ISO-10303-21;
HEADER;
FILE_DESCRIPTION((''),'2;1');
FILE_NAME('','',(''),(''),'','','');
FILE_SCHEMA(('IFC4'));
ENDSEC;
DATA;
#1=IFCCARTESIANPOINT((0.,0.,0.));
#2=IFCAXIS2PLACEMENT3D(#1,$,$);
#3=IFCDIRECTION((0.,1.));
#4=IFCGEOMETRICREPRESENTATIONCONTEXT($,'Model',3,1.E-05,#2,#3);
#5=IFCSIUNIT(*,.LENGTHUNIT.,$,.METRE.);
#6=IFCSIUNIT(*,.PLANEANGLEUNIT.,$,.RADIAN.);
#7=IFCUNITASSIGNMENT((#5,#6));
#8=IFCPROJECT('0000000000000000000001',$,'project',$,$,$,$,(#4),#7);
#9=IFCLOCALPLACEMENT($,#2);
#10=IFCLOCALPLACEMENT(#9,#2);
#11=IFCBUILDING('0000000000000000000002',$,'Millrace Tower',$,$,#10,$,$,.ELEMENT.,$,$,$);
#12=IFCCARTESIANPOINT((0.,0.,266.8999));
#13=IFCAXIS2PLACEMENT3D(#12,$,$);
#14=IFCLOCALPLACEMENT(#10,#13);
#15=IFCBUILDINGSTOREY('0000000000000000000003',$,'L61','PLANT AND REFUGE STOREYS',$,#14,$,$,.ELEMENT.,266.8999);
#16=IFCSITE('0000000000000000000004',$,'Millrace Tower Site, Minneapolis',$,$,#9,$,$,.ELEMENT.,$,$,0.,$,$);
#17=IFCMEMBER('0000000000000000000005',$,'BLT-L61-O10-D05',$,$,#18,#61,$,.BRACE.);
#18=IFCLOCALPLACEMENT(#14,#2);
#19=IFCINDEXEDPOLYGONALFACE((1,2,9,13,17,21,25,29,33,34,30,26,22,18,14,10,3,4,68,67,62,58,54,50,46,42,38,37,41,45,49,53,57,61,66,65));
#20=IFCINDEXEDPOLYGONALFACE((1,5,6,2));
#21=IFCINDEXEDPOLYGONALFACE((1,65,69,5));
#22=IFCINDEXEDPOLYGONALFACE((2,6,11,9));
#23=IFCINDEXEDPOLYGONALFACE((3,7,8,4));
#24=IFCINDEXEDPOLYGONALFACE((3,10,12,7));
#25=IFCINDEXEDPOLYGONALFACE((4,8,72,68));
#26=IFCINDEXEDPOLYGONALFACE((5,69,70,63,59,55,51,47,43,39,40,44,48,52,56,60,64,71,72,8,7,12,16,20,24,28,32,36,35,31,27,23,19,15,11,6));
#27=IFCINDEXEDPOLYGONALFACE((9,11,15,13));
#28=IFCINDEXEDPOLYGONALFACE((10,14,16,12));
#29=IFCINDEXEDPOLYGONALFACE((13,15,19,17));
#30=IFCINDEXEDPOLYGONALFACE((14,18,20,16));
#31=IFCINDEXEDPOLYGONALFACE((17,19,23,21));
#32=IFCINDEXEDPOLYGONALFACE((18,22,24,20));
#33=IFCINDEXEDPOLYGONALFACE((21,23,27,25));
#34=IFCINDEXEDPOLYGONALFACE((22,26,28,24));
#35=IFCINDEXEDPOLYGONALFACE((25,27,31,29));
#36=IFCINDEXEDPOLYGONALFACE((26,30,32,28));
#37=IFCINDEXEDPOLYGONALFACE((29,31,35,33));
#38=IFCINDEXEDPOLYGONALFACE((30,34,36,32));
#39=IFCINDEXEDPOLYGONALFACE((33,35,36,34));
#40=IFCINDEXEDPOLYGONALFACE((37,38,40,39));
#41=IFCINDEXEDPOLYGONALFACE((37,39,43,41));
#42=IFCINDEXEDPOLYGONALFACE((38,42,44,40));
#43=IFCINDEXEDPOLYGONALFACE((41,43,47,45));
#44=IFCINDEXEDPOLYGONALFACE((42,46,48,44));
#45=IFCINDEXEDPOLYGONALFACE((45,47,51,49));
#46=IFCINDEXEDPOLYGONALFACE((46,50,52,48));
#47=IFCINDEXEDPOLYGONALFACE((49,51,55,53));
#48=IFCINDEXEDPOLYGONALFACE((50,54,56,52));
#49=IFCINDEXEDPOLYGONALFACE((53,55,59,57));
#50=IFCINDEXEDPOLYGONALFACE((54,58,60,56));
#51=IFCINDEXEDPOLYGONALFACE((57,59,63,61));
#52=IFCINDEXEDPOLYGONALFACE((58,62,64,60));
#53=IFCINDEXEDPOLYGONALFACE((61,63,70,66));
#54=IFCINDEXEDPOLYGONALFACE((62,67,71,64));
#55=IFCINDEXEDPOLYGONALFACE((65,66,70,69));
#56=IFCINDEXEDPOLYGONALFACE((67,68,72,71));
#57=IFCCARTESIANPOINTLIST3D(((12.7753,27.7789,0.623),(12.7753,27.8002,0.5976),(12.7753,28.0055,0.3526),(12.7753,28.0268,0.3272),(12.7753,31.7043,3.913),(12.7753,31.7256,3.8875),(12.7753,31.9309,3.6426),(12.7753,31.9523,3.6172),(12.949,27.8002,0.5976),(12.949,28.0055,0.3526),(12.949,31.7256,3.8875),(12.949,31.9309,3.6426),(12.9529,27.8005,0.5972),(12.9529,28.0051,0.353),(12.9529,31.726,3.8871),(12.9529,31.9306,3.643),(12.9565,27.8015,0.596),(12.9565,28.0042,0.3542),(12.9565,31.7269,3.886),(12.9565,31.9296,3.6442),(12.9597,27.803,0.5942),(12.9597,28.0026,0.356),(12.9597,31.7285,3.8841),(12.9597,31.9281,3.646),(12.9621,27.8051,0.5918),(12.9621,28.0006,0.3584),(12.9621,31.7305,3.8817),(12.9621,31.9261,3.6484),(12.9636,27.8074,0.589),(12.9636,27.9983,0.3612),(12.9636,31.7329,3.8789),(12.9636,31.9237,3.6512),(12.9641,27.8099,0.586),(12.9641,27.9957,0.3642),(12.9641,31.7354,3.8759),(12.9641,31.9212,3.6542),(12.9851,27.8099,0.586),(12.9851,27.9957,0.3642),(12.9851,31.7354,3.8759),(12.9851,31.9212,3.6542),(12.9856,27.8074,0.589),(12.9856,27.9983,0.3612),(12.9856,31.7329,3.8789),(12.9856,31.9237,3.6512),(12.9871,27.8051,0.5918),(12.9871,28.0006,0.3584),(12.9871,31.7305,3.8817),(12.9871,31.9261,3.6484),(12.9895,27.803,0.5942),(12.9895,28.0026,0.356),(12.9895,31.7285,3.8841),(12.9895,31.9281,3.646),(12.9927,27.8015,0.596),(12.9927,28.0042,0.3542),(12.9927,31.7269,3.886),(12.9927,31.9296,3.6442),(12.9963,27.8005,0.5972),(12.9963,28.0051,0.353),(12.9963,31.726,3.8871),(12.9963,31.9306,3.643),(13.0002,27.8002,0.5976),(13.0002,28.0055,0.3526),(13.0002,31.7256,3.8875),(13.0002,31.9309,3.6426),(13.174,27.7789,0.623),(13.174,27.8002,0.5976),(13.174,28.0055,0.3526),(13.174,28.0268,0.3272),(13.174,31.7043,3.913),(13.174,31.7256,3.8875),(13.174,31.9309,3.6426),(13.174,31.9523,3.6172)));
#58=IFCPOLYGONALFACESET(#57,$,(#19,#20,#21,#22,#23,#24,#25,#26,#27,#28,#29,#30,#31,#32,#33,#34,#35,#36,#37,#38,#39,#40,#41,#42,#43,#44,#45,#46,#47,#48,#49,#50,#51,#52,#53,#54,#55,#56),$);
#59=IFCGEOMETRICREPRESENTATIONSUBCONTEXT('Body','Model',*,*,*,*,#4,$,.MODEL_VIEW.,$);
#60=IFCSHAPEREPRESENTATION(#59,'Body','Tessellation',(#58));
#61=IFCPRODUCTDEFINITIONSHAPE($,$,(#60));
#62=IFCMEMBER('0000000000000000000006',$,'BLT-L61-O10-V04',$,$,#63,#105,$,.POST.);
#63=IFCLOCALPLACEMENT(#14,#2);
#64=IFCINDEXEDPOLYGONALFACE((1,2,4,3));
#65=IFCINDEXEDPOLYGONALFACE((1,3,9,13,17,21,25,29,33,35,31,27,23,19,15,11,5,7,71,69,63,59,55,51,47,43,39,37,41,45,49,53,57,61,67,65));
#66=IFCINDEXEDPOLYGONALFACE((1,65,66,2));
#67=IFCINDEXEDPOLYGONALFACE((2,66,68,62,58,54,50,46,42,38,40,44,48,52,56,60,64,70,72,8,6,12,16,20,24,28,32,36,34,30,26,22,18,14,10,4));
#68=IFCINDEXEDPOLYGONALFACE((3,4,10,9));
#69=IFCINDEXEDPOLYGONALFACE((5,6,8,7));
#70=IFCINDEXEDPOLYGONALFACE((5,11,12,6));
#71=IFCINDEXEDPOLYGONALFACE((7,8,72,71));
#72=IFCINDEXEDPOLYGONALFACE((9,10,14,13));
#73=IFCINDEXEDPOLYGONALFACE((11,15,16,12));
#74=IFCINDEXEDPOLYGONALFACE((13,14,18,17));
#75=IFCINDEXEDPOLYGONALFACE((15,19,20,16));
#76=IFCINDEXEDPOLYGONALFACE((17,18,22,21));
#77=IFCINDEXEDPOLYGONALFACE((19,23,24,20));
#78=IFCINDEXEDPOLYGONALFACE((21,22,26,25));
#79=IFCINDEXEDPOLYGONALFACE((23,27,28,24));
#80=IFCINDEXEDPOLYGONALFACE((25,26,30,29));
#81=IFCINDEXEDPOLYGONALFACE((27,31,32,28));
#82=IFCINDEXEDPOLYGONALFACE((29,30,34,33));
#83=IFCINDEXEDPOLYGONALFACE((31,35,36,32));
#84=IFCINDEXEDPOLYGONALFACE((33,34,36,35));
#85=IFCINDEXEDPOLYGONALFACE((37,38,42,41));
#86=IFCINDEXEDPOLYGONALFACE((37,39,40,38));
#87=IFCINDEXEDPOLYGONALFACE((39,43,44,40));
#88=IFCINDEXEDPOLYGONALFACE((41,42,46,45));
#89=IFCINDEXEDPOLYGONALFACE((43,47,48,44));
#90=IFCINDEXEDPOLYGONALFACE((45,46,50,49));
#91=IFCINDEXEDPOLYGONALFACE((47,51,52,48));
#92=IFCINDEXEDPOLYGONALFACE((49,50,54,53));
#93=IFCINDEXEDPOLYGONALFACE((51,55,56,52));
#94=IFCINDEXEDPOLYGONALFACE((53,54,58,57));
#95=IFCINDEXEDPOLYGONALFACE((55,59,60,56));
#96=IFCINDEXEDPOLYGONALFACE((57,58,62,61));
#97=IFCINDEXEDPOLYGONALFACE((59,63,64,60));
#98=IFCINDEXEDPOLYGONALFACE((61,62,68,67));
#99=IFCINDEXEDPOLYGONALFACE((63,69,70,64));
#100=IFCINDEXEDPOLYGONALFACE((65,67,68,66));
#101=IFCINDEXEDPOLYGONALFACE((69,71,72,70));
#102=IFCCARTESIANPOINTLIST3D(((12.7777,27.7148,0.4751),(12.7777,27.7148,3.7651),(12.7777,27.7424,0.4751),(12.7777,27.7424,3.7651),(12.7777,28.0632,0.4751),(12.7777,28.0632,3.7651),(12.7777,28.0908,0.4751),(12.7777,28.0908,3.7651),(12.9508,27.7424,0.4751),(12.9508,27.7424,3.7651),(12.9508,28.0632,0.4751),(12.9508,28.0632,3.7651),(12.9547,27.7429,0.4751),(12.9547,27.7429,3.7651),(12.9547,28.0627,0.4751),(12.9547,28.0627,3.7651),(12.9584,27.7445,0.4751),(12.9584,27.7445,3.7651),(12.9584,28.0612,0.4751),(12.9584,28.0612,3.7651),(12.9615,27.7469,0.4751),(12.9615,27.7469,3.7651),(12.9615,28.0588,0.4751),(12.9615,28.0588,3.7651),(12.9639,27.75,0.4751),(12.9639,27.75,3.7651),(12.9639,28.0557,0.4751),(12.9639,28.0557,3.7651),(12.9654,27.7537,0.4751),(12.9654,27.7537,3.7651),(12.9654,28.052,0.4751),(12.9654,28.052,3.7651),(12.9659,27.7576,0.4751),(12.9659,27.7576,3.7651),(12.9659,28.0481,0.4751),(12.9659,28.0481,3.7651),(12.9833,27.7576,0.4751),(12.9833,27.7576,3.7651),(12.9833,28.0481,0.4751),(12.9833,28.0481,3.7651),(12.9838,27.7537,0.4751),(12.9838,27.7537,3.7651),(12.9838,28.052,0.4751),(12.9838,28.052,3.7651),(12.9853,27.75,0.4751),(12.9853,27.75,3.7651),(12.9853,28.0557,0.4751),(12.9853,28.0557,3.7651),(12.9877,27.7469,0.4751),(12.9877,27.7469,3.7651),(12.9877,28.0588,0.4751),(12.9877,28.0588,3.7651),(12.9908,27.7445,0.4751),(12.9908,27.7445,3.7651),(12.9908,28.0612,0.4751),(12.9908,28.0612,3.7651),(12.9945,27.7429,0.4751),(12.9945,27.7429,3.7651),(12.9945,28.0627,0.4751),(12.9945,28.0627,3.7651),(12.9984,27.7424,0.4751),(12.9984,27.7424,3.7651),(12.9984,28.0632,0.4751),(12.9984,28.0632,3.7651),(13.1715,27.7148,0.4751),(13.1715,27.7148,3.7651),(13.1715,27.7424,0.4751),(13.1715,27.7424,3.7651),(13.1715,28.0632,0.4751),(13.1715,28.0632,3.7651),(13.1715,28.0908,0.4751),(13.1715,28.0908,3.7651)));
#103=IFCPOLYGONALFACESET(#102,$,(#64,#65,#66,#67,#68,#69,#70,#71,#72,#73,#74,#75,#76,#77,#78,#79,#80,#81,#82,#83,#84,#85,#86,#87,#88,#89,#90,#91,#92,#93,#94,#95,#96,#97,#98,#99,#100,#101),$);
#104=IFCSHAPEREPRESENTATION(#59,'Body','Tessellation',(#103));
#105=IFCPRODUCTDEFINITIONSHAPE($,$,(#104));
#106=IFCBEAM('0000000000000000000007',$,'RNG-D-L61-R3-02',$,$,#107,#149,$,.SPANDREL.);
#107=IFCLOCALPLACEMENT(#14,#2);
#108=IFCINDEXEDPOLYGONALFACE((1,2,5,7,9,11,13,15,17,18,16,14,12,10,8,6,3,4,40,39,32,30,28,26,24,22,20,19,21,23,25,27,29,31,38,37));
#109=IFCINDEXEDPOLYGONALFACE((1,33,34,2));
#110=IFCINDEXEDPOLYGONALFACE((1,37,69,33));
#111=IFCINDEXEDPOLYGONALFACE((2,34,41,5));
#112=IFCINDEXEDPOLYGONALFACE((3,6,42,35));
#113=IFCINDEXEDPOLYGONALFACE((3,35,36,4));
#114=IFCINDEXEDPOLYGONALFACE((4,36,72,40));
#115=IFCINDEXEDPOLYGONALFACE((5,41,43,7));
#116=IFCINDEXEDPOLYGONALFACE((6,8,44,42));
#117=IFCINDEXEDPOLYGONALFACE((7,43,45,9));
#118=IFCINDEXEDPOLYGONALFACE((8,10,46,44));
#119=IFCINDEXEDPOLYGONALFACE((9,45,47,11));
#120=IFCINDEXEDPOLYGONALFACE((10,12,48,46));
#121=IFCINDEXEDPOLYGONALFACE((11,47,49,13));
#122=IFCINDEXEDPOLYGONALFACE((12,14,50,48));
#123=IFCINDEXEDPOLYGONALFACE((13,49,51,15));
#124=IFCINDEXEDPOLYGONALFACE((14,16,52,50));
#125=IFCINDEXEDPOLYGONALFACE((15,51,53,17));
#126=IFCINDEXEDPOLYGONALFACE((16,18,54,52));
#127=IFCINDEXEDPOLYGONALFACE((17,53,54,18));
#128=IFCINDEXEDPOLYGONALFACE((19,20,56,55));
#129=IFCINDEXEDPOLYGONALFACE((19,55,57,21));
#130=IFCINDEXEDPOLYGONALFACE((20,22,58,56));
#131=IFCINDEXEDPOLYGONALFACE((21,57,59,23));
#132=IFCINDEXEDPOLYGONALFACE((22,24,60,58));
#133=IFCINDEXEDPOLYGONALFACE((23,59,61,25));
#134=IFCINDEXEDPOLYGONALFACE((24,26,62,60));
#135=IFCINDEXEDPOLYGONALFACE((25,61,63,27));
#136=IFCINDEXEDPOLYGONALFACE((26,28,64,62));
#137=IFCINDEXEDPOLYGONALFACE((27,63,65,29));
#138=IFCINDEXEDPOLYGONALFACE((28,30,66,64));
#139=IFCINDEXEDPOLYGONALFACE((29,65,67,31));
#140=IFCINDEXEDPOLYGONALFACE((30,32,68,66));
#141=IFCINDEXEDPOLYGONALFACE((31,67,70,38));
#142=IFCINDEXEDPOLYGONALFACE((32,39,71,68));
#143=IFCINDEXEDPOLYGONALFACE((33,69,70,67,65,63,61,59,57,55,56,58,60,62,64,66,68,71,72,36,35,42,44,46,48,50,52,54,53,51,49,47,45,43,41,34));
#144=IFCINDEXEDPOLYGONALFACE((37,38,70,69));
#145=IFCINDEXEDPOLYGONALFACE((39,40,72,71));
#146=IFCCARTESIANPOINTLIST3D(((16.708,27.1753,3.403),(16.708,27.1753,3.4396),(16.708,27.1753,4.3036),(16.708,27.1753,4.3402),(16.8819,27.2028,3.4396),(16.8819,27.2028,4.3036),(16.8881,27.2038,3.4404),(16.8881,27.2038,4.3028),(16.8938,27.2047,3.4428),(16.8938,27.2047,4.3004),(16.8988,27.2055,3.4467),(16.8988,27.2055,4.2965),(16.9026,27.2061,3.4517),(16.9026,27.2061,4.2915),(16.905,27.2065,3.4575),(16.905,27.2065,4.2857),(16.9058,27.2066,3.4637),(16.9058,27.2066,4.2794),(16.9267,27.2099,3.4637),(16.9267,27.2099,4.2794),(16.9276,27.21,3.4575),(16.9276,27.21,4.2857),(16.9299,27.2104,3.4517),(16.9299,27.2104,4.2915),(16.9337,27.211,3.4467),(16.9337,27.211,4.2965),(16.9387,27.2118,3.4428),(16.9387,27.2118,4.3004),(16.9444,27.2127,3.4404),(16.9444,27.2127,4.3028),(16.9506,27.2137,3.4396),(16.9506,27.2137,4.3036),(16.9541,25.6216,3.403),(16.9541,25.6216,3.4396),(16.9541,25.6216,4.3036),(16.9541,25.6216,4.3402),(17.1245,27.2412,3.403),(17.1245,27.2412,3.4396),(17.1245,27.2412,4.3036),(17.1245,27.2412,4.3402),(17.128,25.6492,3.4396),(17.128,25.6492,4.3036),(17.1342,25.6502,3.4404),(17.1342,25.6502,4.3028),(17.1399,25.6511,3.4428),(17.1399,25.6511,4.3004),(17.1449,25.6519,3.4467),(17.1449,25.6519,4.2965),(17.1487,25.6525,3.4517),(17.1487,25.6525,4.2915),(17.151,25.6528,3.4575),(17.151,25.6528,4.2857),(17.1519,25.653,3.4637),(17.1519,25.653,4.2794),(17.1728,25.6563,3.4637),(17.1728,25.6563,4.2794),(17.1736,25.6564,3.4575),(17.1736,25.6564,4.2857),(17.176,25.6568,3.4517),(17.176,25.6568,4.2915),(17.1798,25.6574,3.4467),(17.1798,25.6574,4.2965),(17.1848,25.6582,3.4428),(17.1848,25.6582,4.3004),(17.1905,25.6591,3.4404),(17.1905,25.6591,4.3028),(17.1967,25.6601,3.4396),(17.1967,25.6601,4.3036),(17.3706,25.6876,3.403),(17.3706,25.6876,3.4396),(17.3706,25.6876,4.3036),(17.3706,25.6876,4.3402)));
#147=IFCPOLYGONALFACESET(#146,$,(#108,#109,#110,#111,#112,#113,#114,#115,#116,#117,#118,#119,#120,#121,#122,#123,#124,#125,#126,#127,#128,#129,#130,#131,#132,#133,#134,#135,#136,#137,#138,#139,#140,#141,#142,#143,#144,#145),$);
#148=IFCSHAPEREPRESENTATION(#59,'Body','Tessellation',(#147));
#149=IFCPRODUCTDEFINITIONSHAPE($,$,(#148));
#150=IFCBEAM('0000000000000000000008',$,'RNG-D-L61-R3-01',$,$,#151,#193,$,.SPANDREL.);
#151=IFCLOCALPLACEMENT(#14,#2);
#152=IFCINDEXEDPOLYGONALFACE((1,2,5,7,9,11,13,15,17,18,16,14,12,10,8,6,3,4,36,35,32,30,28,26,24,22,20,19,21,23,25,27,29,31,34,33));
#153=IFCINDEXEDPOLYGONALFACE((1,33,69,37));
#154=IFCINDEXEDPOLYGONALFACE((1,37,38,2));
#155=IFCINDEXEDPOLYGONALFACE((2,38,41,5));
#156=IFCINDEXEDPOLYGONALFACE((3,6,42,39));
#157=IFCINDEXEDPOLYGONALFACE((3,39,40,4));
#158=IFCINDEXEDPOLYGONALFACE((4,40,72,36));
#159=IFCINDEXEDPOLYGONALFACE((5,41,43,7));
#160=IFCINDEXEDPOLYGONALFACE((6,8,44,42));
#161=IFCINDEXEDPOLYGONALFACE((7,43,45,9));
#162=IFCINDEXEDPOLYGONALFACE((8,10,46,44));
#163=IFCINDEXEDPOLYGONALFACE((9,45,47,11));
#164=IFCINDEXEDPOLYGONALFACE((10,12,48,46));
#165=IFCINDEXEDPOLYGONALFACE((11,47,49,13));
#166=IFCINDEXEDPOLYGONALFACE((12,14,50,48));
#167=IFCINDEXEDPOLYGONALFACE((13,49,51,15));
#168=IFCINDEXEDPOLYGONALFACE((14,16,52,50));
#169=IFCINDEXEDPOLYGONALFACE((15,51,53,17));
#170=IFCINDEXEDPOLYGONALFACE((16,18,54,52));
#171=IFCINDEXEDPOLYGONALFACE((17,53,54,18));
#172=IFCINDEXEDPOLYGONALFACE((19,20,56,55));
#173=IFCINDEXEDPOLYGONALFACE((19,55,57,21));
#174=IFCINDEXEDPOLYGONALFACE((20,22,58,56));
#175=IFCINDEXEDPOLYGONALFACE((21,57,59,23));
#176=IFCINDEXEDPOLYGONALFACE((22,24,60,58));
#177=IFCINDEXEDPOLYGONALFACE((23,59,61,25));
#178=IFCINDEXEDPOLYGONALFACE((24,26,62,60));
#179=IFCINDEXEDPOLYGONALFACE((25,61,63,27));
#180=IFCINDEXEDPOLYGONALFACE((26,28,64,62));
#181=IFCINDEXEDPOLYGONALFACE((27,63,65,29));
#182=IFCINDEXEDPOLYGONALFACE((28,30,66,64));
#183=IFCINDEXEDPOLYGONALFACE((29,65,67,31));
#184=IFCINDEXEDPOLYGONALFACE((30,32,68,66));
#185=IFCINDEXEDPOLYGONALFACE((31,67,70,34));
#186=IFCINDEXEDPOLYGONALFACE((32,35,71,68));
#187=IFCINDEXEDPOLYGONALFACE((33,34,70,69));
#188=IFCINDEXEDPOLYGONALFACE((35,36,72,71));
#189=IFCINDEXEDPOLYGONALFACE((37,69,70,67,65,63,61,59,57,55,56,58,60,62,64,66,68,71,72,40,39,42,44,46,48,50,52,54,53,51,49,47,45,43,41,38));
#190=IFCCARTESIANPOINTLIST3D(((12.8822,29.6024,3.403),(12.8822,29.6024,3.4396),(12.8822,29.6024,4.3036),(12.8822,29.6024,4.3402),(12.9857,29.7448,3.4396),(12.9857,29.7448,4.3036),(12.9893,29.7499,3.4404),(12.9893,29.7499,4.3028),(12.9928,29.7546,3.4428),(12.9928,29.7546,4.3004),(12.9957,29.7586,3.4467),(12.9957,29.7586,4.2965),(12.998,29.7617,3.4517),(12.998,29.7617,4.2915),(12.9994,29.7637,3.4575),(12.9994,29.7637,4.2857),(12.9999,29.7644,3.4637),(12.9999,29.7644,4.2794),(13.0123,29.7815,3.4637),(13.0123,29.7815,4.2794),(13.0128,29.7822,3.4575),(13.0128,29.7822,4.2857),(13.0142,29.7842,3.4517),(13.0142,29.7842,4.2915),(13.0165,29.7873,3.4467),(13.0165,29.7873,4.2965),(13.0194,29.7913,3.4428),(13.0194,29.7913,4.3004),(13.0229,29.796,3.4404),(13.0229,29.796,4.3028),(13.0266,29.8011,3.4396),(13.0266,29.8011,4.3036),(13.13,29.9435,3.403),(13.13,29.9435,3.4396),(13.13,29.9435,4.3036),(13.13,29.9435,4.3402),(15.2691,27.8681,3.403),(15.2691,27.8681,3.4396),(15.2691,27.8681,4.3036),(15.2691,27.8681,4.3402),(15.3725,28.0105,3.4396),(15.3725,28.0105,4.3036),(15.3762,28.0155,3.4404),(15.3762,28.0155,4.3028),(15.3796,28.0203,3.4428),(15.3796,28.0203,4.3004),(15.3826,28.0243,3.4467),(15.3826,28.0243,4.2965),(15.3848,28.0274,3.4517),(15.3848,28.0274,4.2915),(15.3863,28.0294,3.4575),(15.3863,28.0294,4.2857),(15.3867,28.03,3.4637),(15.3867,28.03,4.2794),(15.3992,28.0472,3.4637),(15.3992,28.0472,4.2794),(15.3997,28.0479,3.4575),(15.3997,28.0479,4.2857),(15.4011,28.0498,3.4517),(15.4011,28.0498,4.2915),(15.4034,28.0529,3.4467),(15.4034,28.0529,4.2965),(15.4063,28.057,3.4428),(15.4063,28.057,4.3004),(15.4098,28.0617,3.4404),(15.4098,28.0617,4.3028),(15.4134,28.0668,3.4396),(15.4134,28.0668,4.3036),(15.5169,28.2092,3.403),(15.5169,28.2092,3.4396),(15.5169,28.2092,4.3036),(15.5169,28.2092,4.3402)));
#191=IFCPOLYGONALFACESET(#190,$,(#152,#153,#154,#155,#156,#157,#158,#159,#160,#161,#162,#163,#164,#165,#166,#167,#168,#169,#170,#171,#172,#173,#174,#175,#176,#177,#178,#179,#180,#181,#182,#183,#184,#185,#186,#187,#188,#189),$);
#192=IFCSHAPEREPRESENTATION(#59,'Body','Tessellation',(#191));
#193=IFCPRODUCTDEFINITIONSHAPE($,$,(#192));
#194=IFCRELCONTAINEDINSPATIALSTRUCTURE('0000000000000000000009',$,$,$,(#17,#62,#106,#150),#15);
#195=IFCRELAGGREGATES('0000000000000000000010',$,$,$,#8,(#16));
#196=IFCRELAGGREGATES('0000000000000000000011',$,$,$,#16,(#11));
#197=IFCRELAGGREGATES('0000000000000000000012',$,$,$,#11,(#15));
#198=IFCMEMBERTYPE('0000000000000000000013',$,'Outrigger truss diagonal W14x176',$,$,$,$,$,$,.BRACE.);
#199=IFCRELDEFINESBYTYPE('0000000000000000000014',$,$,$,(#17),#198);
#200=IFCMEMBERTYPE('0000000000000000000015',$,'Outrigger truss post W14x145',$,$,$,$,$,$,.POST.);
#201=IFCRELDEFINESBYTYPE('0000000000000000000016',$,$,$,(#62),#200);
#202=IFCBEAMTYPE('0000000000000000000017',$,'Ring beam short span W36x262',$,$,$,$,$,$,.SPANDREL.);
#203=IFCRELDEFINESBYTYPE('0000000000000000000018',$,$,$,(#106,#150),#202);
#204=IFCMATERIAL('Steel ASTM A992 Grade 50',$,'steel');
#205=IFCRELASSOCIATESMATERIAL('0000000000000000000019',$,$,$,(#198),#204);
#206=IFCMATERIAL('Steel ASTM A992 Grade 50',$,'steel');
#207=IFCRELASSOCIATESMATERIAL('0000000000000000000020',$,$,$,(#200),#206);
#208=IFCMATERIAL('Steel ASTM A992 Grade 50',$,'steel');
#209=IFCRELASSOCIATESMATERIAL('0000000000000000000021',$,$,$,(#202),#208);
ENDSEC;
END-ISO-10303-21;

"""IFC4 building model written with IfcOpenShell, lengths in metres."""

from ifc_helpers import new_model, si_unit, direction, frame, origin, origin_2d, place, context, subcontext, project, spatial, i_section, extrude, material, material_profile, profile_set, type_object, element, save


model = new_model("IFC4")

# Units and contexts
model_context = context("Model", 3, precision=1e-05, world=origin(), true_north=direction((0.0, 1.0)))
body_context = subcontext(model_context, "Body", "Model", "MODEL_VIEW")
ifc_project = project(units=[si_unit("LENGTHUNIT", "METRE"), si_unit("PLANEANGLEUNIT", "RADIAN")], contexts=[model_context])

# Site, building, storey
site_placement = place(None, origin())
site = spatial("IfcSite", under=ifc_project, at=site_placement, Name="Millrace Tower Site, Minneapolis", CompositionType="ELEMENT", RefElevation=0.0)
building_placement = place(site_placement, origin())
building = spatial("IfcBuilding", under=site, at=building_placement, Name="Millrace Tower", CompositionType="ELEMENT")
storey_placement = place(building_placement, frame((0.0, 0.0, 266.8999)))
storey = spatial("IfcBuildingStorey", under=building, at=storey_placement, Name="L61", Description="PLANT AND REFUGE STOREYS", CompositionType="ELEMENT", Elevation=266.8999)

# Members
ifc_material_1 = material(Name="Steel ASTM A992 Grade 50", Category="steel")
ifc_material_profile_1 = material_profile(ifc_material_1, i_section(OverallWidth=0.3987, OverallDepth=0.386, WebThickness=0.021, FlangeThickness=0.0332, FilletRadius=0.0151, at=origin_2d()))
ifc_profile_set_1 = profile_set([ifc_material_profile_1], Name="Steel ASTM A992 Grade 50")
member_type_1 = type_object("IfcMemberType", Name="Outrigger truss diagonal W14x176", PredefinedType="BRACE", material=ifc_profile_set_1)
member_1_placement = place(storey_placement, frame((12.9746, 27.9028, 0.4751), z_axis=(0.0, 0.766417, 0.642343), x_axis=(-1.0, 0.0, 0.0)))
element("IfcMember", 1, at=member_1_placement, inside=storey, type_object=member_type_1, Name="BLT-L61-O10-D05", PredefinedType="BRACE", context=body_context, shape_type="SweptSolid", body=[
    extrude(i_section(OverallWidth=0.3987, OverallDepth=0.386, WebThickness=0.021, FlangeThickness=0.0332, FilletRadius=0.0151, at=origin_2d()), origin(), (0.0, 0.0, 1.0), 5.1218),
])
ifc_material_2 = material(Name="Steel ASTM A992 Grade 50", Category="steel")
ifc_material_profile_2 = material_profile(ifc_material_2, i_section(OverallWidth=0.3938, OverallDepth=0.376, WebThickness=0.0173, FlangeThickness=0.0276, FilletRadius=0.0151, at=origin_2d()))
ifc_profile_set_2 = profile_set([ifc_material_profile_2], Name="Steel ASTM A992 Grade 50")
member_type_2 = type_object("IfcMemberType", Name="Outrigger truss post W14x145", PredefinedType="POST", material=ifc_profile_set_2)
member_2_placement = place(storey_placement, frame((12.9746, 27.9028, 0.4751), z_axis=(0.0, 0.0, 1.0), x_axis=(1.0, 0.0, 0.0)))
element("IfcMember", 2, at=member_2_placement, inside=storey, type_object=member_type_2, Name="BLT-L61-O10-V04", PredefinedType="POST", context=body_context, shape_type="SweptSolid", body=[
    extrude(i_section(OverallWidth=0.3938, OverallDepth=0.376, WebThickness=0.0173, FlangeThickness=0.0276, FilletRadius=0.0151, at=origin_2d()), origin(), (0.0, 0.0, 1.0), 3.29),
])

# Beams
ifc_material_3 = material(Name="Steel ASTM A992 Grade 50", Category="steel")
ifc_material_profile_3 = material_profile(ifc_material_3, i_section(OverallWidth=0.4216, OverallDepth=0.9373, WebThickness=0.0212, FlangeThickness=0.0366, FilletRadius=0.0242, at=origin_2d()))
ifc_profile_set_3 = profile_set([ifc_material_profile_3], Name="Steel ASTM A992 Grade 50")
beam_type_1 = type_object("IfcBeamType", Name="Ring beam short span W36x262", PredefinedType="SPANDREL", material=ifc_profile_set_3)
beam_1_placement = place(storey_placement, frame((16.9163, 27.2083, 3.8716), z_axis=(0.156441, -0.987687, 0.0), x_axis=(0.987687, 0.156441, 0.0)))
element("IfcBeam", 3, at=beam_1_placement, inside=storey, type_object=beam_type_1, Name="RNG-D-L61-R3-02", PredefinedType="SPANDREL", context=body_context, shape_type="SweptSolid", body=[
    extrude(i_section(OverallWidth=0.4216, OverallDepth=0.9373, WebThickness=0.0212, FlangeThickness=0.0366, FilletRadius=0.0242, at=origin_2d()), origin(), (0.0, 0.0, 1.0), 1.573),
])
beam_2_placement = place(storey_placement, frame((13.0061, 29.7729, 3.8716), z_axis=(0.808994, -0.587817, 0.0), x_axis=(0.587817, 0.808994, 0.0)))
element("IfcBeam", 4, at=beam_2_placement, inside=storey, type_object=beam_type_1, Name="RNG-D-L61-R3-01", PredefinedType="SPANDREL", context=body_context, shape_type="SweptSolid", body=[
    extrude(i_section(OverallWidth=0.4216, OverallDepth=0.9373, WebThickness=0.0212, FlangeThickness=0.0366, FilletRadius=0.0242, at=origin_2d()), origin(), (0.0, 0.0, 1.0), 2.9504),
])

save(model, "model.ifc")
